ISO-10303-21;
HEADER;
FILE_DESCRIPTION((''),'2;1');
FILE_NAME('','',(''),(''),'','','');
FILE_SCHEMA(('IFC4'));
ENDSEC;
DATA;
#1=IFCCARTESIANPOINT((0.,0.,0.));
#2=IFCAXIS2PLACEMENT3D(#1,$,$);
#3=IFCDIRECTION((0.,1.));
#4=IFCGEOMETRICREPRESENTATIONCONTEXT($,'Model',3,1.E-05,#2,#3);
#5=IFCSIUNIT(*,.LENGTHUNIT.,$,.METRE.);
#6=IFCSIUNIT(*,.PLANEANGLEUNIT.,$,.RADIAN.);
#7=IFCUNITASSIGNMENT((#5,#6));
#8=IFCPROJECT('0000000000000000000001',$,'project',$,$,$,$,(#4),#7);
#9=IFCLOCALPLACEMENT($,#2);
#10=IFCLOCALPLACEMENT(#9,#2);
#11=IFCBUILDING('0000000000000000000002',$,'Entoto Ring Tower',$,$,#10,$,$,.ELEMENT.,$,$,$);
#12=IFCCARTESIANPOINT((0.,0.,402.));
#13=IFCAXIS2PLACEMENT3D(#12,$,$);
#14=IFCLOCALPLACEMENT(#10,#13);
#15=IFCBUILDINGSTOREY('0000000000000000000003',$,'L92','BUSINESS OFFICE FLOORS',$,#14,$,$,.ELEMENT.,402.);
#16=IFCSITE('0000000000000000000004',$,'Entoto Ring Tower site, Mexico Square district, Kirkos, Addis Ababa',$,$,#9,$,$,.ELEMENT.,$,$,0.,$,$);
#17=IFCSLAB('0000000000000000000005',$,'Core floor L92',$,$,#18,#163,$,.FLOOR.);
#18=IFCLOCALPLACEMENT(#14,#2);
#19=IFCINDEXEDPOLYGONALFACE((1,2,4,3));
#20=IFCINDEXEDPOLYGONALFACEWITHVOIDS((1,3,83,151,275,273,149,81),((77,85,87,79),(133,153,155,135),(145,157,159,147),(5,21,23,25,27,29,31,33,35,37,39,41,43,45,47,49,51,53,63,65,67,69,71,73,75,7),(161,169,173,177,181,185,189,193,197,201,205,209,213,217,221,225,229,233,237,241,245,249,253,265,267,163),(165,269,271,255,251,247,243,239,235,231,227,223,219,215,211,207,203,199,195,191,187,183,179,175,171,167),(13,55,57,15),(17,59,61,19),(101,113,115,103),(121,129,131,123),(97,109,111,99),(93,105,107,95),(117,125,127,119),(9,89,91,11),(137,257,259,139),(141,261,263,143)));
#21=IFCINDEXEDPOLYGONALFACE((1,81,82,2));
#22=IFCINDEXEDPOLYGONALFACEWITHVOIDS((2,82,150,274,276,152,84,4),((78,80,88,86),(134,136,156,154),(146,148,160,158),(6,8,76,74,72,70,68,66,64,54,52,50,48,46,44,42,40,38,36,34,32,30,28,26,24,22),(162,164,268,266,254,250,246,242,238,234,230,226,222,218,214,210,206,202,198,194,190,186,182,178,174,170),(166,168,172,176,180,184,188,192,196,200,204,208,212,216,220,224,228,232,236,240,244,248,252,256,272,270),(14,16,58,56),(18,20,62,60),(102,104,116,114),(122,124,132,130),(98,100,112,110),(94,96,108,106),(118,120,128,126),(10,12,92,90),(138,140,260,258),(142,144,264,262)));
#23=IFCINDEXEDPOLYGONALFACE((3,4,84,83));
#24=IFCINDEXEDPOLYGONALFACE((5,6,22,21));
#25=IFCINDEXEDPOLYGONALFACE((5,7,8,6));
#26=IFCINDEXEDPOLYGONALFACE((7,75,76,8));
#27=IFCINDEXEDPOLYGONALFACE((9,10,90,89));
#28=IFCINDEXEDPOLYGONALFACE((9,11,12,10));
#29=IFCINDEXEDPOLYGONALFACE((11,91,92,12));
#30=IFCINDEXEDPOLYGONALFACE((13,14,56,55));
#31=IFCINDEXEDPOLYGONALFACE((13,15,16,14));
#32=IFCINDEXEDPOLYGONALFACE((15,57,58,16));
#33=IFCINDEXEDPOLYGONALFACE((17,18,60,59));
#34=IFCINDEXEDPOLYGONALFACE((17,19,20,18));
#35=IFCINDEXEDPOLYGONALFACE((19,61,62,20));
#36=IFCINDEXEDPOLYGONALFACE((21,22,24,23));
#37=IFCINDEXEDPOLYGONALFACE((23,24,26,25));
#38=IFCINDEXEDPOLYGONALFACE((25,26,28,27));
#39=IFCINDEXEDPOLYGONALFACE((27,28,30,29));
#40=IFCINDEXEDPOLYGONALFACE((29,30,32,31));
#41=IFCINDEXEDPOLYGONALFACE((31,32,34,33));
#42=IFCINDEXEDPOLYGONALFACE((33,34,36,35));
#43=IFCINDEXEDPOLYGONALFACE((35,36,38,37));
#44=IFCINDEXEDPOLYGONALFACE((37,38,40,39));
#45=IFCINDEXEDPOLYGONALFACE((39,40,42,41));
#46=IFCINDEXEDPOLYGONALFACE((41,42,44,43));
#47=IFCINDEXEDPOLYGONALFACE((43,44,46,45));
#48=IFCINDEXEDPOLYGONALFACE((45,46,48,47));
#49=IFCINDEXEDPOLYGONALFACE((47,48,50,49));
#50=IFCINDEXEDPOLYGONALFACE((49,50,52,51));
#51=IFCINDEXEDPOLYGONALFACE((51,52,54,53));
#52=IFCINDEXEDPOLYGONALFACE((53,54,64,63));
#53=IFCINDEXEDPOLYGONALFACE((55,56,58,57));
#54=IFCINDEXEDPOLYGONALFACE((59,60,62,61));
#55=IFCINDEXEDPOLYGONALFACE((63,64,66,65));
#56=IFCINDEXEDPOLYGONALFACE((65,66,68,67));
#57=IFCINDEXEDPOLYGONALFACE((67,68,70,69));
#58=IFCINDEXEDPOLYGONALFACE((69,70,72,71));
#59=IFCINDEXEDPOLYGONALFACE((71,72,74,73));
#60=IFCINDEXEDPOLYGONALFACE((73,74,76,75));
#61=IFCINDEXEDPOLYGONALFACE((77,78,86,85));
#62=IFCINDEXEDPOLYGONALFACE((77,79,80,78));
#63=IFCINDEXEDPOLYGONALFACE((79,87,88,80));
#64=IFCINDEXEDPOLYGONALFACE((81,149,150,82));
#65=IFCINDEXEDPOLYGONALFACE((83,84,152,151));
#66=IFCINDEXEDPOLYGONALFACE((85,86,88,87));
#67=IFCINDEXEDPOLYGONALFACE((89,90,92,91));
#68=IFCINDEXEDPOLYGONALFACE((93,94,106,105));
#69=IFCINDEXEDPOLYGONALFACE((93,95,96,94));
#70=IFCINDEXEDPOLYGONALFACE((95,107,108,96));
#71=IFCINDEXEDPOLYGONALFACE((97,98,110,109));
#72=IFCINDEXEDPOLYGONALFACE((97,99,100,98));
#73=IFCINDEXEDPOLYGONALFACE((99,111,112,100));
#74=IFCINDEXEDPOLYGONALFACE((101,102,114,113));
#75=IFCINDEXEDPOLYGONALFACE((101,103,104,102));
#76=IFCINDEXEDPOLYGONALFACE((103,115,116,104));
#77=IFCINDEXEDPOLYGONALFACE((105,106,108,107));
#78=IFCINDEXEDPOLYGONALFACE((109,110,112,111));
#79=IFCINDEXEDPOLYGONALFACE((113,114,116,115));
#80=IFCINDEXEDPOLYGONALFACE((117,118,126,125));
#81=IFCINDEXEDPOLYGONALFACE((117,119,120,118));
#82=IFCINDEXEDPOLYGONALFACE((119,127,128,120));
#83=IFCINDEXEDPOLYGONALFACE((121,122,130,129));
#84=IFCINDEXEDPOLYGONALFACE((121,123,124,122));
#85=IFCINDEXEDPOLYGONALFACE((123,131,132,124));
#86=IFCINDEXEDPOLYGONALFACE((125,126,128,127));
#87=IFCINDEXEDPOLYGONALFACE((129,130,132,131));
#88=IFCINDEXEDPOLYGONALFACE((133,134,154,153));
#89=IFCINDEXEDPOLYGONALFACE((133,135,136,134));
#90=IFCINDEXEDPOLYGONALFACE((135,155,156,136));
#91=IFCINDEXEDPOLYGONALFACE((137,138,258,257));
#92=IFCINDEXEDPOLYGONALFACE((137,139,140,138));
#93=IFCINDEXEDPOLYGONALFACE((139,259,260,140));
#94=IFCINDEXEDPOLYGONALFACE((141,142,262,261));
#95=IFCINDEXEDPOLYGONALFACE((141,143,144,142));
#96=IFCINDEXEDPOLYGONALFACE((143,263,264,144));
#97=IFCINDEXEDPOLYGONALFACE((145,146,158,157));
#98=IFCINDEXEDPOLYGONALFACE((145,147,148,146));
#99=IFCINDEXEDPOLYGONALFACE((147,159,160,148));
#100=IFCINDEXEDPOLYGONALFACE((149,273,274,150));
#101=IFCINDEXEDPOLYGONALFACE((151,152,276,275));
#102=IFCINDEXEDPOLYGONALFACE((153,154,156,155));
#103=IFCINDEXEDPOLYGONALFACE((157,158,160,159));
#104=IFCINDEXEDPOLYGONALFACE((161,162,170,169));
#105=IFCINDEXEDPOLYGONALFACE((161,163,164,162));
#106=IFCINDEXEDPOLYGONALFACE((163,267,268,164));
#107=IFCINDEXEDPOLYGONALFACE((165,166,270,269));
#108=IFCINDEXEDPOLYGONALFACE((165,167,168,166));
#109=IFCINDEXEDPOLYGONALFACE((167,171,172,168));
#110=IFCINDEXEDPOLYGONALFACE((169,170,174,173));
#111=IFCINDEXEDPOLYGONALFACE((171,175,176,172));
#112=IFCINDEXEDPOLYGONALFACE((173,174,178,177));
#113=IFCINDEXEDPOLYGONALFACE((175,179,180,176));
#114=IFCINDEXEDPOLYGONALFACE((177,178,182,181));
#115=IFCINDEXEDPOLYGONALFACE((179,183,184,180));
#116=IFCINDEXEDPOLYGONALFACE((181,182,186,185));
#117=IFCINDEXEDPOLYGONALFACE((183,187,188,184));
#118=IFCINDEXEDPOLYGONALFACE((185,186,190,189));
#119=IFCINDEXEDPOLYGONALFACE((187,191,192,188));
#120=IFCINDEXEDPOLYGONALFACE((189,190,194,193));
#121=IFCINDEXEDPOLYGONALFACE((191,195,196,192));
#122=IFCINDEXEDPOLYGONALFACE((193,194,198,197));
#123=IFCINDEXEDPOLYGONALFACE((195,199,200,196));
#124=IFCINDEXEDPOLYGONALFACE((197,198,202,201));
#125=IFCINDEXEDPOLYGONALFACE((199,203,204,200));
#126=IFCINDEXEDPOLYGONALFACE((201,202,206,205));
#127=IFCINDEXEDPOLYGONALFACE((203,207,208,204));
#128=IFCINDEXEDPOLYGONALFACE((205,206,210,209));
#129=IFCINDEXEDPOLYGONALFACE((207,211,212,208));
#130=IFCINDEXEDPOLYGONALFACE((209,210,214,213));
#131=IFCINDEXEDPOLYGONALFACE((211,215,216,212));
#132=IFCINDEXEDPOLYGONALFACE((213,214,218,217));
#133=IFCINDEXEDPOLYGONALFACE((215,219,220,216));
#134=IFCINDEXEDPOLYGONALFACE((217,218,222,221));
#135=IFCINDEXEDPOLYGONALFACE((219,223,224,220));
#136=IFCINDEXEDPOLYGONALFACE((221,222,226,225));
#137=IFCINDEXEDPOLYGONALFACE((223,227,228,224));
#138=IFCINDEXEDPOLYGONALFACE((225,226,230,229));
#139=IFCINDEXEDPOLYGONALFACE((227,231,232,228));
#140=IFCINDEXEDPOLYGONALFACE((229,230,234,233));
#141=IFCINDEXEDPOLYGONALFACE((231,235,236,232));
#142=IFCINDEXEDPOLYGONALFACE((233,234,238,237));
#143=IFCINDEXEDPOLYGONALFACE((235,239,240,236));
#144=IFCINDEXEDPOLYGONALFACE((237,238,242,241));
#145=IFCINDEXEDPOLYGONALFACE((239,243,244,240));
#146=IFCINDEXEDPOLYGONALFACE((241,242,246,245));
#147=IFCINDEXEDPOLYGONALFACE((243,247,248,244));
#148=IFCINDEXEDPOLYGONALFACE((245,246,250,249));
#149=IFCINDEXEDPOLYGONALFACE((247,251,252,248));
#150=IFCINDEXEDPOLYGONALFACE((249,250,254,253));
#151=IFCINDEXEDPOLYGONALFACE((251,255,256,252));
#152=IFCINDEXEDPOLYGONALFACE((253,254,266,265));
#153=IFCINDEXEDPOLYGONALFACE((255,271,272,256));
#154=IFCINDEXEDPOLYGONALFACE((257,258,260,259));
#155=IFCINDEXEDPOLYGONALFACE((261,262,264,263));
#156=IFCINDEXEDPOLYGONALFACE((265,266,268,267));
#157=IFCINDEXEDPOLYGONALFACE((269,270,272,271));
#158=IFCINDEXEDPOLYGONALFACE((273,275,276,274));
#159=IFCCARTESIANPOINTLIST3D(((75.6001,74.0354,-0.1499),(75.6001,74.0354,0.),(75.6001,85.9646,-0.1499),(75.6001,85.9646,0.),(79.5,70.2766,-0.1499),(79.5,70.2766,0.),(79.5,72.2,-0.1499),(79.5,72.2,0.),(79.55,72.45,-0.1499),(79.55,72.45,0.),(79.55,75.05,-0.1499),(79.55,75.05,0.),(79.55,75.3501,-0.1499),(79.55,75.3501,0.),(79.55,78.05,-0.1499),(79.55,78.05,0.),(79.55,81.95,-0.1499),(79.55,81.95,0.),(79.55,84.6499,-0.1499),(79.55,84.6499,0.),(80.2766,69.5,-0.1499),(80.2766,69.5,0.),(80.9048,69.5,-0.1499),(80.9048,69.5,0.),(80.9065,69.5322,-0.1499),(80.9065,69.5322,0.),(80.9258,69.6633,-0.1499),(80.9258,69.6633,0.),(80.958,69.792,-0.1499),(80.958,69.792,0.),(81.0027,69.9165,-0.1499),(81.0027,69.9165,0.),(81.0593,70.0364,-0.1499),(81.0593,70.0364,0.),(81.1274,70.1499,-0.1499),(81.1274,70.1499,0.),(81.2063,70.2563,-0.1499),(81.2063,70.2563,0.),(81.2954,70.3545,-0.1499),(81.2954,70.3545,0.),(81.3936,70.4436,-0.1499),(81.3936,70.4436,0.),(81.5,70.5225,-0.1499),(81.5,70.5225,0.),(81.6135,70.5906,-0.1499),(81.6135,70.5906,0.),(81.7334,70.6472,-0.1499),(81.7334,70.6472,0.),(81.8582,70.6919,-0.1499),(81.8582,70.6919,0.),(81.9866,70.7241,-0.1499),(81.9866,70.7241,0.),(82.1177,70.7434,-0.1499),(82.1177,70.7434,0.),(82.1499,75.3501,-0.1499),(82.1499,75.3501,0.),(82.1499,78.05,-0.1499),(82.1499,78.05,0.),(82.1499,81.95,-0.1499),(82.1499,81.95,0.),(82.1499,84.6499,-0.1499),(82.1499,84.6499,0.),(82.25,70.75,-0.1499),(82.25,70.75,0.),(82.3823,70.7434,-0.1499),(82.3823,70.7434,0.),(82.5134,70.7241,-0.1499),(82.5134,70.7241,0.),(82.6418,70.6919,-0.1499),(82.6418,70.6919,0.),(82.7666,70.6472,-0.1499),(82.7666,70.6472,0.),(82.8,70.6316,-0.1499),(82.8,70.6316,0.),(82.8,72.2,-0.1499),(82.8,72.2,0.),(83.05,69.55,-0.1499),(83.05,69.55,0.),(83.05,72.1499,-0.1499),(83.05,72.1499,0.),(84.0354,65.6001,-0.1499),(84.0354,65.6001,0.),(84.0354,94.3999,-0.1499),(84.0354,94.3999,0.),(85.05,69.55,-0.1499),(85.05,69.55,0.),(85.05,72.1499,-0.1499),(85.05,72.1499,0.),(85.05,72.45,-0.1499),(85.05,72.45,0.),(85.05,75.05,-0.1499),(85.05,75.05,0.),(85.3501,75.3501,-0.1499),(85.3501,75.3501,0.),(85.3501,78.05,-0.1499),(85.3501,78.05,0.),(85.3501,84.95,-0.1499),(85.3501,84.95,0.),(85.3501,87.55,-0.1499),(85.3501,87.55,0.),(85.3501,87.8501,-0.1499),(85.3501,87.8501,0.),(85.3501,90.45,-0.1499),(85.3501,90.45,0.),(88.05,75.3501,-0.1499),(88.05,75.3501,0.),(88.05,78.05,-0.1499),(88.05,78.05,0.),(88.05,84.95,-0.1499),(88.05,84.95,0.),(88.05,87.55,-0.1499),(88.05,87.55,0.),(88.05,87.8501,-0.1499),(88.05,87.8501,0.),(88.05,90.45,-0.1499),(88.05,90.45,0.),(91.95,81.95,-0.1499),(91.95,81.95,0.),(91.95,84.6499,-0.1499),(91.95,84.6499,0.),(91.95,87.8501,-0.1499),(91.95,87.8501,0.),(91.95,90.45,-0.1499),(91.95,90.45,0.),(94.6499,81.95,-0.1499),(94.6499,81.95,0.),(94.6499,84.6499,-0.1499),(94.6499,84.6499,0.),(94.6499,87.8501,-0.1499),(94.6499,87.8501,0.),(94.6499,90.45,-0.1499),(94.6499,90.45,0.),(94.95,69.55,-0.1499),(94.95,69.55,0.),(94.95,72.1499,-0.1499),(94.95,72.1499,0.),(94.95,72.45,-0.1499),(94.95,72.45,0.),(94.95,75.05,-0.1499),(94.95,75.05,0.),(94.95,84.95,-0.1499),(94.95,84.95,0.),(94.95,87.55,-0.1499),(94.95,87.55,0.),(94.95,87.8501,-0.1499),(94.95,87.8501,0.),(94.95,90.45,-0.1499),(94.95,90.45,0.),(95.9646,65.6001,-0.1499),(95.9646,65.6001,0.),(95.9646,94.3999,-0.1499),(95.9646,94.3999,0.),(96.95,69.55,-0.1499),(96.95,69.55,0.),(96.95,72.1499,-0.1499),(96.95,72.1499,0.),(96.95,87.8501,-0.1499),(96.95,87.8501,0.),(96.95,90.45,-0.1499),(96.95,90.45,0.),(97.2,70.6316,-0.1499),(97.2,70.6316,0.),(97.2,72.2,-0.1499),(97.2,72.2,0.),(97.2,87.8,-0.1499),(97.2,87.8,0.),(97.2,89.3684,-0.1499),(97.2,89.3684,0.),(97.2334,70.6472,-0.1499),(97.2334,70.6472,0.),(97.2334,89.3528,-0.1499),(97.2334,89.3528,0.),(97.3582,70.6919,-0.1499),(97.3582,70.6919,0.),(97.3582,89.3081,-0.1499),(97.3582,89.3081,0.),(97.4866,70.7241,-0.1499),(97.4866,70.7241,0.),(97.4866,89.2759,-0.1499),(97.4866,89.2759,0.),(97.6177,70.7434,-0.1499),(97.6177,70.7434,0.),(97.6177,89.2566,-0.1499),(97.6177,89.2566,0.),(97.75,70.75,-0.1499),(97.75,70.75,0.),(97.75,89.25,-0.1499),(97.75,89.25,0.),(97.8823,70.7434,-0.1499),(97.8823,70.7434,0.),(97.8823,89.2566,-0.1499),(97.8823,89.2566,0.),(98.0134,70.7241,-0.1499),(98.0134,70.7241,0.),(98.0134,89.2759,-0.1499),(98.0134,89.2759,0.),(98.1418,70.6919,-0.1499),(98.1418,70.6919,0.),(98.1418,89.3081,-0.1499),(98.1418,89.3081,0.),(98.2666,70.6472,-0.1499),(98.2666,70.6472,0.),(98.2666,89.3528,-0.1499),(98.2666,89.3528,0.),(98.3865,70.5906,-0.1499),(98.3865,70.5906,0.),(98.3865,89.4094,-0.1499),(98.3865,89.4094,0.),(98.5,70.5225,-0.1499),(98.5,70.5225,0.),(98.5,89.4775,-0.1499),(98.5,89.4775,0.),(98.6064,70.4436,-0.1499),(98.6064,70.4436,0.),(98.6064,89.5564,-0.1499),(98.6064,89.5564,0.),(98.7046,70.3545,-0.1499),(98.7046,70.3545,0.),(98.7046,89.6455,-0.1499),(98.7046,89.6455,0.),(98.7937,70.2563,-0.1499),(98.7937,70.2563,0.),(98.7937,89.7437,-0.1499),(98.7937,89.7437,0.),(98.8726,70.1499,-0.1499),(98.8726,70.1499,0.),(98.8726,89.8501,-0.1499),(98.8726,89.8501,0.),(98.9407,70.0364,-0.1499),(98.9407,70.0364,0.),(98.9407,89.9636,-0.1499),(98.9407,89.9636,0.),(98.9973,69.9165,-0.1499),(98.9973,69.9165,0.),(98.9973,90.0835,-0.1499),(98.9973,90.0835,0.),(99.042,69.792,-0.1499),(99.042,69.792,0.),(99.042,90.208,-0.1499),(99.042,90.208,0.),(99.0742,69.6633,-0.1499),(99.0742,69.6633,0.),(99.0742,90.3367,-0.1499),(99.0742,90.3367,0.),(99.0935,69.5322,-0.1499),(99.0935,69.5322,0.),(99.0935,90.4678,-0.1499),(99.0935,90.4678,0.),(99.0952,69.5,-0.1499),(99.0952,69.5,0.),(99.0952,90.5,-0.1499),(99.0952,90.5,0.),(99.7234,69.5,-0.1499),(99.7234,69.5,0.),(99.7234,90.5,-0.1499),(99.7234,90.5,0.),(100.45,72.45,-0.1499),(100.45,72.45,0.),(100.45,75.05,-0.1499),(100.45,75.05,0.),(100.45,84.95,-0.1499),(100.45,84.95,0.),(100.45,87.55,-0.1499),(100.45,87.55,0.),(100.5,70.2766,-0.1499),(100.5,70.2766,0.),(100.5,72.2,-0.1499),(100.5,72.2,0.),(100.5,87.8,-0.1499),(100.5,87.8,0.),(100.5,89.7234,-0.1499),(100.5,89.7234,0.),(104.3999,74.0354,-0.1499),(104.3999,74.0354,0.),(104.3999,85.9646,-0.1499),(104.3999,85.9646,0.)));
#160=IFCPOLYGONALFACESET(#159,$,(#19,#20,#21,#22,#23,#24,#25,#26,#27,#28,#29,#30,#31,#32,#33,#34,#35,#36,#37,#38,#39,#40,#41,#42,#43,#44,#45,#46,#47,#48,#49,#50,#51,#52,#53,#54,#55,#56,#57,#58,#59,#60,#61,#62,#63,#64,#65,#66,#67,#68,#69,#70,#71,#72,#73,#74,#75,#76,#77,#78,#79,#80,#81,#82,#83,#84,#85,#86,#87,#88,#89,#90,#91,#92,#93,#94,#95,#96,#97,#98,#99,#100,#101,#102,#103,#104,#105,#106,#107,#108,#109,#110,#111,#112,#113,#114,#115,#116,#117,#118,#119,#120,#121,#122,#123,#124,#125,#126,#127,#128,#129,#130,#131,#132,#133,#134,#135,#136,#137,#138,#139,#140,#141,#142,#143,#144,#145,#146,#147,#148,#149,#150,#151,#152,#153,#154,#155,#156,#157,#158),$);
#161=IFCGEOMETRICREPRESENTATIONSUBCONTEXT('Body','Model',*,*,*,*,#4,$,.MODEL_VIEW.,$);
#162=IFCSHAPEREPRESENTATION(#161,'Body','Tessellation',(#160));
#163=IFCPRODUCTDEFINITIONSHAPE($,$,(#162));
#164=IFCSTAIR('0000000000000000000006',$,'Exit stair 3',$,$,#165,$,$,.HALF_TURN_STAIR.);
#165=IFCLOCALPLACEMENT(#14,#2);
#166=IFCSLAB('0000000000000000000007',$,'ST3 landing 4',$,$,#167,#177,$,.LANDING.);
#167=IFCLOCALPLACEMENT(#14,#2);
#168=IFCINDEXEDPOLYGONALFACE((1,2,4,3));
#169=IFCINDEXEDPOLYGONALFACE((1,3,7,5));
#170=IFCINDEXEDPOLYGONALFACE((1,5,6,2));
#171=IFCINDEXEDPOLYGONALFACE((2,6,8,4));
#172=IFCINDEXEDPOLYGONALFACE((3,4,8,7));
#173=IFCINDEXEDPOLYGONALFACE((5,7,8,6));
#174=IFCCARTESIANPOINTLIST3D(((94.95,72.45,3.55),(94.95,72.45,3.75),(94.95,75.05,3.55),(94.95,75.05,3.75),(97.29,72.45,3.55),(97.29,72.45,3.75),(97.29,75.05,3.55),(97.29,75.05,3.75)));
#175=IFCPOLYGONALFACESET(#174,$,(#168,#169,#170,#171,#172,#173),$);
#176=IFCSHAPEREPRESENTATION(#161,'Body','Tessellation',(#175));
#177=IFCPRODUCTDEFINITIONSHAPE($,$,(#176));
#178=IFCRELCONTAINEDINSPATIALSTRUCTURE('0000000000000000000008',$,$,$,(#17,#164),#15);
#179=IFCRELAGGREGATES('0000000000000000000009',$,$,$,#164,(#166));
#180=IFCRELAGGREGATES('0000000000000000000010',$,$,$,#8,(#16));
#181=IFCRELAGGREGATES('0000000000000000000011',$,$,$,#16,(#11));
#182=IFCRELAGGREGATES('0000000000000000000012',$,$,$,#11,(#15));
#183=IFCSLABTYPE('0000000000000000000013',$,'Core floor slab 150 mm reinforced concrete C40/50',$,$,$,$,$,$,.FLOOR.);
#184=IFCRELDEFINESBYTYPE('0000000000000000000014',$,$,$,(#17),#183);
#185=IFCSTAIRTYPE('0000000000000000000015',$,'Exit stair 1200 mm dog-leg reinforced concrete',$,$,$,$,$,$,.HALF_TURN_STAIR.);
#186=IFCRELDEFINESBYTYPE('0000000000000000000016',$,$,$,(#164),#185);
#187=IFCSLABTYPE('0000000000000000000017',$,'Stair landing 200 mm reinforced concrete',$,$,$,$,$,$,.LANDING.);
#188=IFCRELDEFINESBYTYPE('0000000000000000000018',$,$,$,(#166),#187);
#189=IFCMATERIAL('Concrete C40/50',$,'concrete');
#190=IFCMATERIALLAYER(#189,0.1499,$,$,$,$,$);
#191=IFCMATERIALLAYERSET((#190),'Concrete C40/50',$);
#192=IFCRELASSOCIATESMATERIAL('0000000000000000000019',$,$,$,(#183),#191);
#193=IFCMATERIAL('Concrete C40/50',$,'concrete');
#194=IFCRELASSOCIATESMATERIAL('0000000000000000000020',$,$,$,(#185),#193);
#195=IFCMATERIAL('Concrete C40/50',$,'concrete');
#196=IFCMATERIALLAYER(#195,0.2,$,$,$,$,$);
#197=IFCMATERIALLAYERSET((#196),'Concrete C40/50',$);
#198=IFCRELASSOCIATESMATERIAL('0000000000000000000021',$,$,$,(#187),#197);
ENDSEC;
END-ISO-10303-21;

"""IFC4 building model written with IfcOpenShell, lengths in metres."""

from ifc_helpers import new_model, si_unit, direction, frame, origin, place, context, subcontext, project, spatial, polyline, outline, extrude, material, layer, layer_set, type_object, element, aggregate, save


model = new_model("IFC4")

# Units and contexts
model_context = context("Model", 3, precision=1e-05, world=origin(), true_north=direction((0.0, 1.0)))
body_context = subcontext(model_context, "Body", "Model", "MODEL_VIEW")
ifc_project = project(units=[si_unit("LENGTHUNIT", "METRE"), si_unit("PLANEANGLEUNIT", "RADIAN")], contexts=[model_context])

# Site, building, storey
site_placement = place(None, origin())
site = spatial("IfcSite", under=ifc_project, at=site_placement, Name="Entoto Ring Tower site, Mexico Square district, Kirkos, Addis Ababa", CompositionType="ELEMENT", RefElevation=0.0)
building_placement = place(site_placement, origin())
building = spatial("IfcBuilding", under=site, at=building_placement, Name="Entoto Ring Tower", CompositionType="ELEMENT")
storey_placement = place(building_placement, frame((0.0, 0.0, 402.0)))
storey = spatial("IfcBuildingStorey", under=building, at=storey_placement, Name="L92", Description="BUSINESS OFFICE FLOORS", CompositionType="ELEMENT", Elevation=402.0)

# Slab
ifc_material_1 = material(Name="Concrete C40/50", Category="concrete")
ifc_layer_1 = layer(ifc_material_1, 0.1499)
ifc_layer_set_1 = layer_set([ifc_layer_1], Name="Concrete C40/50")
slab_type_1 = type_object("IfcSlabType", Name="Core floor slab 150 mm reinforced concrete C40/50", PredefinedType="FLOOR", material=ifc_layer_set_1)
slab_1_placement = place(storey_placement, frame((0.0, 0.0, -0.1499)))
element("IfcSlab", 1, at=slab_1_placement, inside=storey, type_object=slab_type_1, Name="Core floor L92", PredefinedType="FLOOR", context=body_context, shape_type="SweptSolid", body=[
    extrude(outline(polyline([(104.3999, 74.0354), (104.3999, 85.9646), (95.9646, 94.3999), (84.0354, 94.3999), (75.6001, 85.9646), (75.6001, 74.0354), (84.0354, 65.6001), (95.9646, 65.6001), (104.3999, 74.0354)]), holes=[polyline([(100.45, 84.95), (100.45, 87.55), (94.95, 87.55), (94.95, 84.95), (100.45, 84.95)]), polyline([(85.05, 72.45), (85.05, 75.05), (79.55, 75.05), (79.55, 72.45), (85.05, 72.45)]), polyline([(100.45, 72.45), (100.45, 75.05), (94.95, 75.05), (94.95, 72.45), (100.45, 72.45)]), polyline([(94.95, 90.45), (94.95, 87.8501), (96.95, 87.8501), (96.95, 90.45), (94.95, 90.45)]), polyline([(94.95, 72.1499), (94.95, 69.55), (96.95, 69.55), (96.95, 72.1499), (94.95, 72.1499)]), polyline([(83.05, 72.1499), (83.05, 69.55), (85.05, 69.55), (85.05, 72.1499), (83.05, 72.1499)]), polyline([(79.55, 81.95), (82.1499, 81.95), (82.1499, 84.6499), (79.55, 84.6499), (79.55, 81.95)]), polyline([(79.55, 75.3501), (82.1499, 75.3501), (82.1499, 78.05), (79.55, 78.05), (79.55, 75.3501)]), polyline([(91.95, 87.8501), (94.6499, 87.8501), (94.6499, 90.45), (91.95, 90.45), (91.95, 87.8501)]), polyline([(91.95, 81.95), (94.6499, 81.95), (94.6499, 84.6499), (91.95, 84.6499), (91.95, 81.95)]), polyline([(85.3501, 75.3501), (88.05, 75.3501), (88.05, 78.05), (85.3501, 78.05), (85.3501, 75.3501)]), polyline([(85.3501, 84.95), (88.05, 84.95), (88.05, 87.55), (85.3501, 87.55), (85.3501, 84.95)]), polyline([(85.3501, 87.8501), (88.05, 87.8501), (88.05, 90.45), (85.3501, 90.45), (85.3501, 87.8501)]), polyline([(97.2, 89.3684), (97.2, 87.8), (100.5, 87.8), (100.5, 89.7234), (99.7234, 90.5), (99.0952, 90.5), (99.0935, 90.4678), (99.0742, 90.3367), (99.042, 90.208), (98.9973, 90.0835), (98.9407, 89.9636), (98.8726, 89.8501), (98.7937, 89.7437), (98.7046, 89.6455), (98.6064, 89.5564), (98.5, 89.4775), (98.3865, 89.4094), (98.2666, 89.3528), (98.1418, 89.3081), (98.0134, 89.2759), (97.8823, 89.2566), (97.75, 89.25), (97.6177, 89.2566), (97.4866, 89.2759), (97.3582, 89.3081), (97.2334, 89.3528), (97.2, 89.3684)]), polyline([(80.2766, 69.5), (80.9048, 69.5), (80.9065, 69.5322), (80.9258, 69.6633), (80.958, 69.792), (81.0027, 69.9165), (81.0593, 70.0364), (81.1274, 70.1499), (81.2063, 70.2563), (81.2954, 70.3545), (81.3936, 70.4436), (81.5, 70.5225), (81.6135, 70.5906), (81.7334, 70.6472), (81.8582, 70.6919), (81.9866, 70.7241), (82.1177, 70.7434), (82.25, 70.75), (82.3823, 70.7434), (82.5134, 70.7241), (82.6418, 70.6919), (82.7666, 70.6472), (82.8, 70.6316), (82.8, 72.2), (79.5, 72.2), (79.5, 70.2766), (80.2766, 69.5)]), polyline([(99.0952, 69.5), (99.7234, 69.5), (100.5, 70.2766), (100.5, 72.2), (97.2, 72.2), (97.2, 70.6316), (97.2334, 70.6472), (97.3582, 70.6919), (97.4866, 70.7241), (97.6177, 70.7434), (97.75, 70.75), (97.8823, 70.7434), (98.0134, 70.7241), (98.1418, 70.6919), (98.2666, 70.6472), (98.3865, 70.5906), (98.5, 70.5225), (98.6064, 70.4436), (98.7046, 70.3545), (98.7937, 70.2563), (98.8726, 70.1499), (98.9407, 70.0364), (98.9973, 69.9165), (99.042, 69.792), (99.0742, 69.6633), (99.0935, 69.5322), (99.0952, 69.5)])]), origin(), (0.0, 0.0, 1.0), 0.1499),
])

# Stair, slab
ifc_material_2 = material(Name="Concrete C40/50", Category="concrete")
stair_type = type_object("IfcStairType", Name="Exit stair 1200 mm dog-leg reinforced concrete", PredefinedType="HALF_TURN_STAIR", material=ifc_material_2)
stair_placement = place(storey_placement, origin())
stair = element("IfcStair", 2, at=stair_placement, inside=storey, type_object=stair_type, Name="Exit stair 3", PredefinedType="HALF_TURN_STAIR")
ifc_material_3 = material(Name="Concrete C40/50", Category="concrete")
ifc_layer_2 = layer(ifc_material_3, 0.2)
ifc_layer_set_2 = layer_set([ifc_layer_2], Name="Concrete C40/50")
slab_type_2 = type_object("IfcSlabType", Name="Stair landing 200 mm reinforced concrete", PredefinedType="LANDING", material=ifc_layer_set_2)
slab_2_placement = place(storey_placement, frame((0.0, 0.0, 3.55)))
slab_2 = element("IfcSlab", 3, at=slab_2_placement, type_object=slab_type_2, Name="ST3 landing 4", PredefinedType="LANDING", context=body_context, shape_type="SweptSolid", body=[
    extrude(outline(polyline([(94.95, 72.45), (97.29, 72.45), (97.29, 75.05), (94.95, 75.05), (94.95, 72.45)])), origin(), (0.0, 0.0, 1.0), 0.2),
])
aggregate(stair, [slab_2])

save(model, "model.ifc")
